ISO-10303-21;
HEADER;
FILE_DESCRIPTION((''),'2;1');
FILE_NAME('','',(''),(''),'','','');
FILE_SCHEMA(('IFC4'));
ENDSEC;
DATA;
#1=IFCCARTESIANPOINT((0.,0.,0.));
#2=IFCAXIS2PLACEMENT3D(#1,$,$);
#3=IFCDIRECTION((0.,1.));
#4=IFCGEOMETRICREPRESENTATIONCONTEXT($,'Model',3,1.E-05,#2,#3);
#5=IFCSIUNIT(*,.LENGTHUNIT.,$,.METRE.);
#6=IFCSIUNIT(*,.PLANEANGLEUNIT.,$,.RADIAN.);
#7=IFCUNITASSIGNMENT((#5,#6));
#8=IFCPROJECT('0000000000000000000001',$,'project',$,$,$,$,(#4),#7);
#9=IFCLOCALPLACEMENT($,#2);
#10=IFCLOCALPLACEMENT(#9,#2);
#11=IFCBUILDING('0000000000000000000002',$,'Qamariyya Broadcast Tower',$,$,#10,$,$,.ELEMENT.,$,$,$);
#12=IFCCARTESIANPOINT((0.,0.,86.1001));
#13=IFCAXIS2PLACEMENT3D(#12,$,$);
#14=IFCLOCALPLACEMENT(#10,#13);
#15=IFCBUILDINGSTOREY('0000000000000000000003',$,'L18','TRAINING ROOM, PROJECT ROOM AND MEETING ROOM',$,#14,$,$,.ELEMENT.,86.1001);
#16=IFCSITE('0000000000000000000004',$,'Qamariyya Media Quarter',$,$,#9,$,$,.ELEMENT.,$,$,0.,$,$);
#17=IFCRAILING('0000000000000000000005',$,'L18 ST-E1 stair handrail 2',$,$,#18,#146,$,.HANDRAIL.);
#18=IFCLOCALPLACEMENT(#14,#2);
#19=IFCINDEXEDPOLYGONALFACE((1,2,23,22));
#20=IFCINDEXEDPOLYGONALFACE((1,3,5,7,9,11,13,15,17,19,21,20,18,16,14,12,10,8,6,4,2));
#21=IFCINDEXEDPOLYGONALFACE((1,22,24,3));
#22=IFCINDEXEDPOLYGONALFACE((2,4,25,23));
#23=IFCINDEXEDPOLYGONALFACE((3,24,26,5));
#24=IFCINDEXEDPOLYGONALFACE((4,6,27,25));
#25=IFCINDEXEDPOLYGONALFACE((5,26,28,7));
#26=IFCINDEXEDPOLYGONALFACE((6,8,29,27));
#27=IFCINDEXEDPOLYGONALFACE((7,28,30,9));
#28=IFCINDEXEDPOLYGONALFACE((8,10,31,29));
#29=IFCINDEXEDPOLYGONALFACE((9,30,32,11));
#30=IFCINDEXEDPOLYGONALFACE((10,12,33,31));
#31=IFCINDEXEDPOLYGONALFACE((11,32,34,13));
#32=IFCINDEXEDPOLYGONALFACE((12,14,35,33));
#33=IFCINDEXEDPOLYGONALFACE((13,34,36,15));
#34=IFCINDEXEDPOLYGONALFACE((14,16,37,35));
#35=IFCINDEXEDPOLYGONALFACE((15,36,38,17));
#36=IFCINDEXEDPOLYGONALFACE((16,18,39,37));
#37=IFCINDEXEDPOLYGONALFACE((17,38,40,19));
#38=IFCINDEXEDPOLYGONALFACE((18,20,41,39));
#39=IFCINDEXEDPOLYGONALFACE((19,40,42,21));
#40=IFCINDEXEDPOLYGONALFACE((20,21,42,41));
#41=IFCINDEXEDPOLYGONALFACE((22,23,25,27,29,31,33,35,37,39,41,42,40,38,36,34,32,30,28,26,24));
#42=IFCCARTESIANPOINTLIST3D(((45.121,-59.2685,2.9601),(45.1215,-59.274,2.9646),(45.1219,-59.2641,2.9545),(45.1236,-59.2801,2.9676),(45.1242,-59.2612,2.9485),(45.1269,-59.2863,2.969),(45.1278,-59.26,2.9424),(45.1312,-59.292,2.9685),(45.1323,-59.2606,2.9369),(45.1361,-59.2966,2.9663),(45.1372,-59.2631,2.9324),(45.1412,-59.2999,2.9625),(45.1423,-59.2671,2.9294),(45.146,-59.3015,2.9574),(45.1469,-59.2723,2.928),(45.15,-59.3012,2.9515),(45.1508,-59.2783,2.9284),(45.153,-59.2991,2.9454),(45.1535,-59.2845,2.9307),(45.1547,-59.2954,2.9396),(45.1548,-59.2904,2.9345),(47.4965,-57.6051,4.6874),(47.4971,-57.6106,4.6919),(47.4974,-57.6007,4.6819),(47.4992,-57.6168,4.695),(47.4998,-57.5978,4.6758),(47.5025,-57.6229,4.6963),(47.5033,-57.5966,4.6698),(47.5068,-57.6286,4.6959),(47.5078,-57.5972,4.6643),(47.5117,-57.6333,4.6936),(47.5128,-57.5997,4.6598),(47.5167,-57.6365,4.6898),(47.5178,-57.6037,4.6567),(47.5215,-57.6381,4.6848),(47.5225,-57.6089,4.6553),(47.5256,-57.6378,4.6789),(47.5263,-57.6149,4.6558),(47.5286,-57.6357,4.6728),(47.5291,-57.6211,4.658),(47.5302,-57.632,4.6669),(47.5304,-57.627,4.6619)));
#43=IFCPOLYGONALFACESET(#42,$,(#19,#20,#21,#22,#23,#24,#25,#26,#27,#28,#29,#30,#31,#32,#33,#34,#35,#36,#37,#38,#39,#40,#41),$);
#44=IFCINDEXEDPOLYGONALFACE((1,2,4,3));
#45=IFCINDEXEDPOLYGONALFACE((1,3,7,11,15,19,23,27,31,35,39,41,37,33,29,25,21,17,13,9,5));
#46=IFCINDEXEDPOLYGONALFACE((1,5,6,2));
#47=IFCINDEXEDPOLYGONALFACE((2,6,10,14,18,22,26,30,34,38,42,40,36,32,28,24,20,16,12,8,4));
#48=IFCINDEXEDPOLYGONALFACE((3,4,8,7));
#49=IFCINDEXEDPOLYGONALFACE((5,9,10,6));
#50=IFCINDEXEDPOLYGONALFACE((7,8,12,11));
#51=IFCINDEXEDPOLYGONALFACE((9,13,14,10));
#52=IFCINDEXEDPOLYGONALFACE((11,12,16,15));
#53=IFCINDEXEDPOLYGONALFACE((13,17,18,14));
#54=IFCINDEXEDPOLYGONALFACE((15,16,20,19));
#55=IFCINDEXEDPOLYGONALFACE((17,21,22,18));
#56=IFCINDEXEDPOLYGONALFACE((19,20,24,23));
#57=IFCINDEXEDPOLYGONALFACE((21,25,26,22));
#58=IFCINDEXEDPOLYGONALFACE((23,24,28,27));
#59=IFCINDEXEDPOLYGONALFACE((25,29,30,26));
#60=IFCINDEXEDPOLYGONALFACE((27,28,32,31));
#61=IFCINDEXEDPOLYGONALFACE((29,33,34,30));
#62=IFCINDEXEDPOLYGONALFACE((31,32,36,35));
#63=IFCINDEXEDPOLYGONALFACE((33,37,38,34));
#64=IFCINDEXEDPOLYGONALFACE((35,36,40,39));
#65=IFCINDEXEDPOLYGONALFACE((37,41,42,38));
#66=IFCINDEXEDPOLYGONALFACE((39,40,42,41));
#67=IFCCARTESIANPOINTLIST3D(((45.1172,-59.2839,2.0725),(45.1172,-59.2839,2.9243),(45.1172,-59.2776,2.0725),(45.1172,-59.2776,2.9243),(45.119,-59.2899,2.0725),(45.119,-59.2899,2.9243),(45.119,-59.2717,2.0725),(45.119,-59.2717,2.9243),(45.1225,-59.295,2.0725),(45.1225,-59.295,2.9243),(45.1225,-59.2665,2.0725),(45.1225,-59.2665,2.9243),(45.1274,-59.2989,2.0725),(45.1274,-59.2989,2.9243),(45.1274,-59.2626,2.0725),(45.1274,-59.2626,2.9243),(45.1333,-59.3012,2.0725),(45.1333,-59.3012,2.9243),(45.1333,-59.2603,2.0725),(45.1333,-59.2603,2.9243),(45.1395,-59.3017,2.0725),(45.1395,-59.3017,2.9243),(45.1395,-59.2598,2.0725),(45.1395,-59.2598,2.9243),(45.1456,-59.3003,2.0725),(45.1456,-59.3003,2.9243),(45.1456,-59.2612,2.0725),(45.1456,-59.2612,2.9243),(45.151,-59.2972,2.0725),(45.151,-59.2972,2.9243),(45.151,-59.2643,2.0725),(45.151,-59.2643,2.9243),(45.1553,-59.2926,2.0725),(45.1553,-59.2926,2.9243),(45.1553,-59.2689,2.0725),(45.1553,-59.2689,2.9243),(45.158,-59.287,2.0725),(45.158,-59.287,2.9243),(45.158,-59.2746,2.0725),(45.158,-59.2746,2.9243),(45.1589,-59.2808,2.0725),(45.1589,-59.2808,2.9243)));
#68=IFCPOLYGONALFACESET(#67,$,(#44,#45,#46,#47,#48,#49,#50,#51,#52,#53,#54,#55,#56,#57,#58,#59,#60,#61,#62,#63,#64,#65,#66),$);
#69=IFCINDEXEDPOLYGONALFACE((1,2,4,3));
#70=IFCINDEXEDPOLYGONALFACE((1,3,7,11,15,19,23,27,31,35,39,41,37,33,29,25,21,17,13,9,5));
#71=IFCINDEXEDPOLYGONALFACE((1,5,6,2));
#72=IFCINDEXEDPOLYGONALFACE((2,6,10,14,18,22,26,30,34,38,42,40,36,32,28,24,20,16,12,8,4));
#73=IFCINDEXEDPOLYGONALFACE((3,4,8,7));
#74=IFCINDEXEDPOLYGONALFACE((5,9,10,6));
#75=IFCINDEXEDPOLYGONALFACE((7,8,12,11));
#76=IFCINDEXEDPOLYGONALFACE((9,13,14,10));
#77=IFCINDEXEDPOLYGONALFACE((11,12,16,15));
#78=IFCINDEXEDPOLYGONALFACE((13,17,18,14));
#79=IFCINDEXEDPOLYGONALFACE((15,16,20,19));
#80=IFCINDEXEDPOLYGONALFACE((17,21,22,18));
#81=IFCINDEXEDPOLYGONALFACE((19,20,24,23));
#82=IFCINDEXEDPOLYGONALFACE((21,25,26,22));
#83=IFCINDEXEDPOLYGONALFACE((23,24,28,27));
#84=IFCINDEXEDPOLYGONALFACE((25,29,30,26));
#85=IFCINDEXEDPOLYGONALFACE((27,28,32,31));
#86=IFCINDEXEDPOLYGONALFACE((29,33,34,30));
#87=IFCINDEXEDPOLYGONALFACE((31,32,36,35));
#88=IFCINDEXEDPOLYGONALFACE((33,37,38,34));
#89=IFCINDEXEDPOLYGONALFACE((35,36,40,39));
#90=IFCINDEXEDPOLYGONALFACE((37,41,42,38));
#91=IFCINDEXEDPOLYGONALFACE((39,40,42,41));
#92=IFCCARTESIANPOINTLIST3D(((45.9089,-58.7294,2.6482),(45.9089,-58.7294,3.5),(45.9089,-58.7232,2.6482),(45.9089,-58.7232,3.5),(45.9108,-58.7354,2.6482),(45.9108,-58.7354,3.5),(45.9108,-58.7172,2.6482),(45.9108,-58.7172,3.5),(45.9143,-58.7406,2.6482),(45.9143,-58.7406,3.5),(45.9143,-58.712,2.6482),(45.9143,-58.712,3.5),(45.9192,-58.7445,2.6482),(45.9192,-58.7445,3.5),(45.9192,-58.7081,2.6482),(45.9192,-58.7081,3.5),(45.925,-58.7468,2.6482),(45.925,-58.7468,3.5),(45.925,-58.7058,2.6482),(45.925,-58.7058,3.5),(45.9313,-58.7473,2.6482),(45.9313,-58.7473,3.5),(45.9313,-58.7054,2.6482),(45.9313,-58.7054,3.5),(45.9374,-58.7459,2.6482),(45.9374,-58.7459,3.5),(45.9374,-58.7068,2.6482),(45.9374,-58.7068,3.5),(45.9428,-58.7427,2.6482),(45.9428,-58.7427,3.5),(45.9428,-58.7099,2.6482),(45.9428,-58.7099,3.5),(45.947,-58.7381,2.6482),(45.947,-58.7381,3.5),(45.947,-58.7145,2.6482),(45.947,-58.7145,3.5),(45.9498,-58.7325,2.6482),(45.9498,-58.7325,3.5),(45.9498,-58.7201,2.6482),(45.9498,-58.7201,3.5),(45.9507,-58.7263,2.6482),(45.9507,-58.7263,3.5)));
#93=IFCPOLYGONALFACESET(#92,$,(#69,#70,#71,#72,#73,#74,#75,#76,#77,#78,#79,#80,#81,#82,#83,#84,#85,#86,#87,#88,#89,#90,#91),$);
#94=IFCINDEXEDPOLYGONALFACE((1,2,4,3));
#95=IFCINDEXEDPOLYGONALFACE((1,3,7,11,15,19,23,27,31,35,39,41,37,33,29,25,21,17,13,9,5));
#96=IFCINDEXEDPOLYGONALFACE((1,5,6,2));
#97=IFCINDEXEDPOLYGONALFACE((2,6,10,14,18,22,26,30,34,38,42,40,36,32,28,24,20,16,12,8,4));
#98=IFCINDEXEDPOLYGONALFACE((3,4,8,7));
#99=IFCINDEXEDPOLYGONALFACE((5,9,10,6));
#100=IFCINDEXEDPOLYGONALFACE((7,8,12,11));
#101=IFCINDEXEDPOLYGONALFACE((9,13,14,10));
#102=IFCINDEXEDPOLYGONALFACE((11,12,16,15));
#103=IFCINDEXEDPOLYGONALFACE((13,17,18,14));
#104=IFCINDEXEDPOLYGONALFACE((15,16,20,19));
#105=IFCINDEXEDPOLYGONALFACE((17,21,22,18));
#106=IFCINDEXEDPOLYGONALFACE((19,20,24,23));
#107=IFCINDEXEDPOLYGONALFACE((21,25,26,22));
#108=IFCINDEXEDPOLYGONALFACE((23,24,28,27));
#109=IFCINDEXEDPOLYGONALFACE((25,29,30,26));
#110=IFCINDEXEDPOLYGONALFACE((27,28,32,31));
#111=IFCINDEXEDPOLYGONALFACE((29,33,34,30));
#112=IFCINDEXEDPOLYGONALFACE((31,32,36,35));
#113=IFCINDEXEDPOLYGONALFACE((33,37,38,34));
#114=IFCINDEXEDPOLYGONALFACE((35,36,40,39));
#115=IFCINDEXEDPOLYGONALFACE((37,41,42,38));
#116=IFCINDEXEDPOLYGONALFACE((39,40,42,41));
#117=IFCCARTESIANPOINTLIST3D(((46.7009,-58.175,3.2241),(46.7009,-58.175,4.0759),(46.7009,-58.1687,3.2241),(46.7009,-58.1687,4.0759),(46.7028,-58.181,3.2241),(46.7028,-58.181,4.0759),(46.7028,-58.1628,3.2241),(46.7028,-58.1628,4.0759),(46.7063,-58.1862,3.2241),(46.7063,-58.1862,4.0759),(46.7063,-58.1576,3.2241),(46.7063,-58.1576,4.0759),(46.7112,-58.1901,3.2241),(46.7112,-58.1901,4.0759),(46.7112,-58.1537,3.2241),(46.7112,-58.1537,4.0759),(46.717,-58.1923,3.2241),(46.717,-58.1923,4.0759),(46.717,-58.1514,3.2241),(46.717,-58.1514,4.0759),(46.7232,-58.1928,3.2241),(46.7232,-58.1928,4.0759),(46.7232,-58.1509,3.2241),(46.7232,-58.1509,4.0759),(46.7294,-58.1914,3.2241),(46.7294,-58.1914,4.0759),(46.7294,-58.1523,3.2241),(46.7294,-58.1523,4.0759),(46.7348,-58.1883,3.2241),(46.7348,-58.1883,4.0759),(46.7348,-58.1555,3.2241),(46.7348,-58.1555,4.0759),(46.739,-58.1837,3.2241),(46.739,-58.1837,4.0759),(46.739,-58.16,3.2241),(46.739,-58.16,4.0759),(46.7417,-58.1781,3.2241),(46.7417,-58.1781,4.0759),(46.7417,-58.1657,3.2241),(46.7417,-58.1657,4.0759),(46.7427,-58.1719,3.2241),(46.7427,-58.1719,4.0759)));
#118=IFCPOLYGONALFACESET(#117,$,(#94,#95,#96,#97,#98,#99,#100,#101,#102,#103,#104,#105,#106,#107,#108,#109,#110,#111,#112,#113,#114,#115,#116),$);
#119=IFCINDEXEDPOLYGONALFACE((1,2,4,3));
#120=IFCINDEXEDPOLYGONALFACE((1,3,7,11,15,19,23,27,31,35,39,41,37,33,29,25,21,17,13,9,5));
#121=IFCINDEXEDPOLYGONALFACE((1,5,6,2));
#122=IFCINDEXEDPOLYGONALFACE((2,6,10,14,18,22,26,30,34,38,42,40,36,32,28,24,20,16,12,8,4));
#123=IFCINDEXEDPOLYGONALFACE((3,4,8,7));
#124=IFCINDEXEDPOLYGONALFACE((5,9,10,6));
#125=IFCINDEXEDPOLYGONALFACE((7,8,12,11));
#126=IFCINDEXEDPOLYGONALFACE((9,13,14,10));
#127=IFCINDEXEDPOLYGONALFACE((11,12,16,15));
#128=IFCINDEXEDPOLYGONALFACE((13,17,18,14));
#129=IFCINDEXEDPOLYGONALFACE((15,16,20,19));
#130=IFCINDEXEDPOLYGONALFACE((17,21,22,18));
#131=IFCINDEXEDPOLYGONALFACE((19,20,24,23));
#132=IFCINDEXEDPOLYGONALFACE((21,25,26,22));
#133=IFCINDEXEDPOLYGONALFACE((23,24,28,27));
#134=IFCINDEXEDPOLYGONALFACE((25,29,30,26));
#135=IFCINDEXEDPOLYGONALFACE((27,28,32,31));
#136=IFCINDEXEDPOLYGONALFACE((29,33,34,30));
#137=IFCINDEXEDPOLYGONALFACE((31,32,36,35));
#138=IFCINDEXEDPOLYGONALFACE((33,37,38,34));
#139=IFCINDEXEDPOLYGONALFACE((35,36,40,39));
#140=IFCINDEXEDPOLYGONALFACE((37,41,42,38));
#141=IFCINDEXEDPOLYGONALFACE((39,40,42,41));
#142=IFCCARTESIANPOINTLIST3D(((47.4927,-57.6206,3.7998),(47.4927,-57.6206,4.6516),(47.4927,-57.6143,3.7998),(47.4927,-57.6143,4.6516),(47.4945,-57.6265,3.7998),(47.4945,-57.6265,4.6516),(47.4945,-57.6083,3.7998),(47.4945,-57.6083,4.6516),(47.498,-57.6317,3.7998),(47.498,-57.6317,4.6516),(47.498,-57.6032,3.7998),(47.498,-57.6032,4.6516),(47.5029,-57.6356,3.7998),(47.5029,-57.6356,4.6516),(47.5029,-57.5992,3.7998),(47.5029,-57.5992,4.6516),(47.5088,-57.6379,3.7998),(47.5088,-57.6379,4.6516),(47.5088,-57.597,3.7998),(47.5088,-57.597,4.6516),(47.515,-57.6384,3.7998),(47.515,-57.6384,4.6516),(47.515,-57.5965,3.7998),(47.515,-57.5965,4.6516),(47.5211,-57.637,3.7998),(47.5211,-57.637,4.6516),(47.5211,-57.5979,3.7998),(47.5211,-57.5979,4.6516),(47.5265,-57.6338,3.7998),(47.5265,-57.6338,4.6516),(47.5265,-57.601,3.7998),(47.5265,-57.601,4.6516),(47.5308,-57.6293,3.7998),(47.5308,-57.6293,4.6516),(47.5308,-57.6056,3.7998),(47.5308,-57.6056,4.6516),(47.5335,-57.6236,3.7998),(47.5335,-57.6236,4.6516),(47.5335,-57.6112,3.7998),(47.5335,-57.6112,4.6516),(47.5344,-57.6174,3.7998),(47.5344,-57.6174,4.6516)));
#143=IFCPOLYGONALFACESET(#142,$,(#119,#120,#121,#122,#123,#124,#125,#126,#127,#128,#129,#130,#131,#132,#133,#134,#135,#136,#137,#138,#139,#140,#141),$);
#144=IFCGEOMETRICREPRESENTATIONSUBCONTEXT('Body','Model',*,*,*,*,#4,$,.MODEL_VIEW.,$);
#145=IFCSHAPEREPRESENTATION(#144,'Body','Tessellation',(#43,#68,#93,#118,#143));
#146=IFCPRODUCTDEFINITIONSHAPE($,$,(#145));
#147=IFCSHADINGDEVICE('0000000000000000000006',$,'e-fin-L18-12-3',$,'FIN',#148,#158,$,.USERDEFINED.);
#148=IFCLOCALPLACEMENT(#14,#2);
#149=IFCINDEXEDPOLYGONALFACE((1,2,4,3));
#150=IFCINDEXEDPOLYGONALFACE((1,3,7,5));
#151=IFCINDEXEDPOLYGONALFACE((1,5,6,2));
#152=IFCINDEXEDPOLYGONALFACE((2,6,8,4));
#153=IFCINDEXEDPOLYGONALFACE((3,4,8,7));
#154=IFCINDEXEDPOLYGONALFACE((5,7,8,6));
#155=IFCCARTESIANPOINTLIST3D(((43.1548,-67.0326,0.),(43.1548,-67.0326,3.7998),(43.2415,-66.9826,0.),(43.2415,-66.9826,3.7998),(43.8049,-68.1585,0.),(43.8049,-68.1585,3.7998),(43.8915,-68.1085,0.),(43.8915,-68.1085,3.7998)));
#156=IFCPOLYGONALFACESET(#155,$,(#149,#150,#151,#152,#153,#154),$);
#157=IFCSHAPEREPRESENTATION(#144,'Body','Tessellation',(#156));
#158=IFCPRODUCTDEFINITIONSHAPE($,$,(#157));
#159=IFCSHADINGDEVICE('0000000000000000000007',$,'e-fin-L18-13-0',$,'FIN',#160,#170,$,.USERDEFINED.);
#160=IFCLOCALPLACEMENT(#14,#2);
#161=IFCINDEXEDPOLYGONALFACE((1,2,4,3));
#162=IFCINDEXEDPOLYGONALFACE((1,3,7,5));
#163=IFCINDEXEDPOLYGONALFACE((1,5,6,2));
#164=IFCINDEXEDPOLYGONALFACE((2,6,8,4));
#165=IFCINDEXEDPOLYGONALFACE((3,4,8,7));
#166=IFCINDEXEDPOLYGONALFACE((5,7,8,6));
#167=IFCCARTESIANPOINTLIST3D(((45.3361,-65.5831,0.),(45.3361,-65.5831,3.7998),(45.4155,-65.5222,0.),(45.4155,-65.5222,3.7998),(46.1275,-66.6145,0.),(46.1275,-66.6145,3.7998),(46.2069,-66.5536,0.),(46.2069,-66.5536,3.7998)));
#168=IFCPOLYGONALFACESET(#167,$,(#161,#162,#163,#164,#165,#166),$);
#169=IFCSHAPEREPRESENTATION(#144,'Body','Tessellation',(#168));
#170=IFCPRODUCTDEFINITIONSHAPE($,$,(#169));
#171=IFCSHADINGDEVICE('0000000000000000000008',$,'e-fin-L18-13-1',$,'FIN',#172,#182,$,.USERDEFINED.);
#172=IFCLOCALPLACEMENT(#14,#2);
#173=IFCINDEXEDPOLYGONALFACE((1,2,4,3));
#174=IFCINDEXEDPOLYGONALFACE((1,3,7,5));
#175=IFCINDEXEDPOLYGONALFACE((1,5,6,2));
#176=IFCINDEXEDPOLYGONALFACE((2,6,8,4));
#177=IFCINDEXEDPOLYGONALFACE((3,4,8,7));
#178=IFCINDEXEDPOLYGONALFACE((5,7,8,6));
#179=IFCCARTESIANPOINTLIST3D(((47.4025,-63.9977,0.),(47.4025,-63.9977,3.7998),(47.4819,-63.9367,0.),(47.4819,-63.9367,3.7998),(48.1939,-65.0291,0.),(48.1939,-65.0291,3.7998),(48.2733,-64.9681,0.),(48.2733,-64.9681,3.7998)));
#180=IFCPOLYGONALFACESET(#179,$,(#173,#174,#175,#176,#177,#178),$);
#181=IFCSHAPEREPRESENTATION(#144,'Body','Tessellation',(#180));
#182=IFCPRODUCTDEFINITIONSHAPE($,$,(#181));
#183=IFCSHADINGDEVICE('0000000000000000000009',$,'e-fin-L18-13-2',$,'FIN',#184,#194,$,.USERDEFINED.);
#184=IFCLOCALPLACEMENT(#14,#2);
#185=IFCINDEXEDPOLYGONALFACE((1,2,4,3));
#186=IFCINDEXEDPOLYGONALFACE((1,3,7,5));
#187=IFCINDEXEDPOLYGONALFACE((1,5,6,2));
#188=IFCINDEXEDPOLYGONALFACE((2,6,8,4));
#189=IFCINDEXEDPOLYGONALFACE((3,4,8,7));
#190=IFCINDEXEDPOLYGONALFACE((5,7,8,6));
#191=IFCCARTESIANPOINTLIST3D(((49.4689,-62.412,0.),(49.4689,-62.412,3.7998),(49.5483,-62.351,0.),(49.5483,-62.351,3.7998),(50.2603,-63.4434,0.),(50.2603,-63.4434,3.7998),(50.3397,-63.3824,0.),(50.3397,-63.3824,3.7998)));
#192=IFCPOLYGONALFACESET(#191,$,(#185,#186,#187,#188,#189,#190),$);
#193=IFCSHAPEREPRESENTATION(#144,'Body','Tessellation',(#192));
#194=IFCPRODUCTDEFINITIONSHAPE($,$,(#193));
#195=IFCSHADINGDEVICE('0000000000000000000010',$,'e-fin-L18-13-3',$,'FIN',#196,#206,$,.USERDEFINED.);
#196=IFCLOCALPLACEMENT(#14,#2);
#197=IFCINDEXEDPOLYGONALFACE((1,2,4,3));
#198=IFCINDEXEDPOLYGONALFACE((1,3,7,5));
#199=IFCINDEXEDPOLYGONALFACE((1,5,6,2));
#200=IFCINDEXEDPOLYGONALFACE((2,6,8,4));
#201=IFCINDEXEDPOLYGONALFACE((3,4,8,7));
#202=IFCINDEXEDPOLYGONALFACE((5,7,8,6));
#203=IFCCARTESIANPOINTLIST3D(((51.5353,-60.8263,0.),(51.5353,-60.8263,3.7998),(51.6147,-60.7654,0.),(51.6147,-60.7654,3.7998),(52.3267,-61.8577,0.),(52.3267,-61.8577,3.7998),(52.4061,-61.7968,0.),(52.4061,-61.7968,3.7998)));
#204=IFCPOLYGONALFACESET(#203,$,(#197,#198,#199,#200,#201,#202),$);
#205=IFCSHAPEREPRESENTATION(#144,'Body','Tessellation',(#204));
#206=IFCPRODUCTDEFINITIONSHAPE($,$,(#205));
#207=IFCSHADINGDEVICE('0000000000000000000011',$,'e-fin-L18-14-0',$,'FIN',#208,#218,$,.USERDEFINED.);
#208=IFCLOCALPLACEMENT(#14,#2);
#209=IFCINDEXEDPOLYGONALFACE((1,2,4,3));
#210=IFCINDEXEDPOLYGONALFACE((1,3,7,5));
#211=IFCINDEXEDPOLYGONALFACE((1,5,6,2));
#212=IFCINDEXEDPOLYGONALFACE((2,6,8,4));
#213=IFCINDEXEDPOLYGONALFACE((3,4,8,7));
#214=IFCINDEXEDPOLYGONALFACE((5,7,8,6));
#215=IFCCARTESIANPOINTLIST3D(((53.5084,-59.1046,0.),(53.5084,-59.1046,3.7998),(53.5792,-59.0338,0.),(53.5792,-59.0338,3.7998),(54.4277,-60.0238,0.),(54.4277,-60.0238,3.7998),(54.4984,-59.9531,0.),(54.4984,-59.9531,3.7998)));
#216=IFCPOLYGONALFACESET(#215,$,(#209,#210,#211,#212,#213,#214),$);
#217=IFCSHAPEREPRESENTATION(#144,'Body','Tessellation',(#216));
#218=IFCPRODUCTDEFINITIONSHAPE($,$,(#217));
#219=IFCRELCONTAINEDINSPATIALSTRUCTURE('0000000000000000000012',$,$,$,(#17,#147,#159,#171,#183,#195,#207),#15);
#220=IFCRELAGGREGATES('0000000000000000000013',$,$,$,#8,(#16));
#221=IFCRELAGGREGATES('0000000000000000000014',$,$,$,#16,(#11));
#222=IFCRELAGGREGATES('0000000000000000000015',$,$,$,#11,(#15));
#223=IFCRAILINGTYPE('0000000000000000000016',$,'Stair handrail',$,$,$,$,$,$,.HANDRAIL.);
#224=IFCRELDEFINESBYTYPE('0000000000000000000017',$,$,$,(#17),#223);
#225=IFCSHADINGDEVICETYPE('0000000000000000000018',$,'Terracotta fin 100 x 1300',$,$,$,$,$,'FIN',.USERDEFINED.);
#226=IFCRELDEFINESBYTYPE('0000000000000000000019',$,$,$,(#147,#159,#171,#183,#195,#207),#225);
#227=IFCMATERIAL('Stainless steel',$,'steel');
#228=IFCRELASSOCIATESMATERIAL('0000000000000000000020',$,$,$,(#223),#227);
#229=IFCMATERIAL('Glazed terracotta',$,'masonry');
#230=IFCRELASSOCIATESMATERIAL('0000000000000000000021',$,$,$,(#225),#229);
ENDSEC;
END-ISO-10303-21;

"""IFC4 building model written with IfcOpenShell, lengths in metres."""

from ifc_helpers import new_model, si_unit, direction, frame, origin, origin_2d, place, context, subcontext, project, spatial, rectangle, circle, extrude, material, material_profile, profile_set, type_object, element, save


model = new_model("IFC4")

# Units and contexts
model_context = context("Model", 3, precision=1e-05, world=origin(), true_north=direction((0.0, 1.0)))
body_context = subcontext(model_context, "Body", "Model", "MODEL_VIEW")
ifc_project = project(units=[si_unit("LENGTHUNIT", "METRE"), si_unit("PLANEANGLEUNIT", "RADIAN")], contexts=[model_context])

# Site, building, storey
site_placement = place(None, origin())
site = spatial("IfcSite", under=ifc_project, at=site_placement, Name="Qamariyya Media Quarter", CompositionType="ELEMENT", RefElevation=0.0)
building_placement = place(site_placement, origin())
building = spatial("IfcBuilding", under=site, at=building_placement, Name="Qamariyya Broadcast Tower", CompositionType="ELEMENT")
storey_placement = place(building_placement, frame((0.0, 0.0, 86.1001)))
storey = spatial("IfcBuildingStorey", under=building, at=storey_placement, Name="L18", Description="TRAINING ROOM, PROJECT ROOM AND MEETING ROOM", CompositionType="ELEMENT", Elevation=86.1001)

# Railing
ifc_material_1 = material(Name="Stainless steel", Category="steel")
railing_type_1 = type_object("IfcRailingType", Name="Stair handrail", PredefinedType="HANDRAIL", material=ifc_material_1)
railing_1_placement = place(storey_placement, frame((45.1379, -59.2808, 2.0725)))
element("IfcRailing", 1, at=railing_1_placement, inside=storey, type_object=railing_type_1, Name="L18 ST-E1 stair handrail 2", PredefinedType="HANDRAIL", context=body_context, shape_type="SweptSolid", body=[
    extrude(circle(Radius=0.0239, at=origin_2d()), frame((0.0, 0.0, 0.876), z_axis=(0.70377, 0.492784, 0.511734), x_axis=(-0.573575, 0.819153, 0.0)), (0.0, 0.0, 1.0), 3.3755),
    extrude(circle(Radius=0.021, at=origin_2d()), origin(), (0.0, 0.0, 1.0), 0.8518),
    extrude(circle(Radius=0.021, at=origin_2d()), frame((0.7917, 0.5544, 0.5757)), (0.0, 0.0, 1.0), 0.8518),
    extrude(circle(Radius=0.021, at=origin_2d()), frame((1.5837, 1.1089, 1.1516)), (0.0, 0.0, 1.0), 0.8518),
    extrude(circle(Radius=0.021, at=origin_2d()), frame((2.3755, 1.6633, 1.7273)), (0.0, 0.0, 1.0), 0.8518),
])

# Shading devices
ifc_material_2 = material(Name="Glazed terracotta", Category="masonry")
ifc_material_profile_1 = material_profile(ifc_material_2, rectangle(XDim=1.3, YDim=0.1001, at=origin_2d()))
ifc_profile_set_1 = profile_set([ifc_material_profile_1], Name="Glazed terracotta")
shading_device_type_1 = type_object("IfcShadingDeviceType", Name="Terracotta fin 100 x 1300", ElementType="FIN", PredefinedType="USERDEFINED", material=ifc_profile_set_1)
for number, where, z_axis, x_axis, name in (
    (2, (43.5232, -67.5706, 0.0), (0.0, 0.0, 1.0), (0.5, -0.866025, 0.0), "e-fin-L18-12-3"),
    (3, (45.7715, -66.0684, 0.0), (0.0, 0.0, 1.0), (0.608761, -0.793353, 0.0), "e-fin-L18-13-0"),
    (4, (47.8379, -64.4829, 0.0), (0.0, 0.0, 1.0), (0.608761, -0.793353, 0.0), "e-fin-L18-13-1"),
    (5, (49.9043, -62.8972, 0.0), (0.0, 0.0, 1.0), (0.608761, -0.793353, 0.0), "e-fin-L18-13-2"),
    (6, (51.9707, -61.3115, 0.0), (0.0, 0.0, 1.0), (0.608761, -0.793353, 0.0), "e-fin-L18-13-3"),
    (7, (54.0034, -59.5288, 0.0), (0.0, 0.0, 1.0), (0.707107, -0.707107, 0.0), "e-fin-L18-14-0"),
):
    element("IfcShadingDevice", number, at=place(storey_placement, frame(where, z_axis=z_axis, x_axis=x_axis)), inside=storey, type_object=shading_device_type_1, Name=name, ObjectType="FIN", PredefinedType="USERDEFINED", context=body_context, shape_type="SweptSolid", body=[
        extrude(rectangle(XDim=1.3, YDim=0.1001, at=origin_2d()), origin(), (0.0, 0.0, 1.0), 3.7998),
    ])

save(model, "model.ifc")
